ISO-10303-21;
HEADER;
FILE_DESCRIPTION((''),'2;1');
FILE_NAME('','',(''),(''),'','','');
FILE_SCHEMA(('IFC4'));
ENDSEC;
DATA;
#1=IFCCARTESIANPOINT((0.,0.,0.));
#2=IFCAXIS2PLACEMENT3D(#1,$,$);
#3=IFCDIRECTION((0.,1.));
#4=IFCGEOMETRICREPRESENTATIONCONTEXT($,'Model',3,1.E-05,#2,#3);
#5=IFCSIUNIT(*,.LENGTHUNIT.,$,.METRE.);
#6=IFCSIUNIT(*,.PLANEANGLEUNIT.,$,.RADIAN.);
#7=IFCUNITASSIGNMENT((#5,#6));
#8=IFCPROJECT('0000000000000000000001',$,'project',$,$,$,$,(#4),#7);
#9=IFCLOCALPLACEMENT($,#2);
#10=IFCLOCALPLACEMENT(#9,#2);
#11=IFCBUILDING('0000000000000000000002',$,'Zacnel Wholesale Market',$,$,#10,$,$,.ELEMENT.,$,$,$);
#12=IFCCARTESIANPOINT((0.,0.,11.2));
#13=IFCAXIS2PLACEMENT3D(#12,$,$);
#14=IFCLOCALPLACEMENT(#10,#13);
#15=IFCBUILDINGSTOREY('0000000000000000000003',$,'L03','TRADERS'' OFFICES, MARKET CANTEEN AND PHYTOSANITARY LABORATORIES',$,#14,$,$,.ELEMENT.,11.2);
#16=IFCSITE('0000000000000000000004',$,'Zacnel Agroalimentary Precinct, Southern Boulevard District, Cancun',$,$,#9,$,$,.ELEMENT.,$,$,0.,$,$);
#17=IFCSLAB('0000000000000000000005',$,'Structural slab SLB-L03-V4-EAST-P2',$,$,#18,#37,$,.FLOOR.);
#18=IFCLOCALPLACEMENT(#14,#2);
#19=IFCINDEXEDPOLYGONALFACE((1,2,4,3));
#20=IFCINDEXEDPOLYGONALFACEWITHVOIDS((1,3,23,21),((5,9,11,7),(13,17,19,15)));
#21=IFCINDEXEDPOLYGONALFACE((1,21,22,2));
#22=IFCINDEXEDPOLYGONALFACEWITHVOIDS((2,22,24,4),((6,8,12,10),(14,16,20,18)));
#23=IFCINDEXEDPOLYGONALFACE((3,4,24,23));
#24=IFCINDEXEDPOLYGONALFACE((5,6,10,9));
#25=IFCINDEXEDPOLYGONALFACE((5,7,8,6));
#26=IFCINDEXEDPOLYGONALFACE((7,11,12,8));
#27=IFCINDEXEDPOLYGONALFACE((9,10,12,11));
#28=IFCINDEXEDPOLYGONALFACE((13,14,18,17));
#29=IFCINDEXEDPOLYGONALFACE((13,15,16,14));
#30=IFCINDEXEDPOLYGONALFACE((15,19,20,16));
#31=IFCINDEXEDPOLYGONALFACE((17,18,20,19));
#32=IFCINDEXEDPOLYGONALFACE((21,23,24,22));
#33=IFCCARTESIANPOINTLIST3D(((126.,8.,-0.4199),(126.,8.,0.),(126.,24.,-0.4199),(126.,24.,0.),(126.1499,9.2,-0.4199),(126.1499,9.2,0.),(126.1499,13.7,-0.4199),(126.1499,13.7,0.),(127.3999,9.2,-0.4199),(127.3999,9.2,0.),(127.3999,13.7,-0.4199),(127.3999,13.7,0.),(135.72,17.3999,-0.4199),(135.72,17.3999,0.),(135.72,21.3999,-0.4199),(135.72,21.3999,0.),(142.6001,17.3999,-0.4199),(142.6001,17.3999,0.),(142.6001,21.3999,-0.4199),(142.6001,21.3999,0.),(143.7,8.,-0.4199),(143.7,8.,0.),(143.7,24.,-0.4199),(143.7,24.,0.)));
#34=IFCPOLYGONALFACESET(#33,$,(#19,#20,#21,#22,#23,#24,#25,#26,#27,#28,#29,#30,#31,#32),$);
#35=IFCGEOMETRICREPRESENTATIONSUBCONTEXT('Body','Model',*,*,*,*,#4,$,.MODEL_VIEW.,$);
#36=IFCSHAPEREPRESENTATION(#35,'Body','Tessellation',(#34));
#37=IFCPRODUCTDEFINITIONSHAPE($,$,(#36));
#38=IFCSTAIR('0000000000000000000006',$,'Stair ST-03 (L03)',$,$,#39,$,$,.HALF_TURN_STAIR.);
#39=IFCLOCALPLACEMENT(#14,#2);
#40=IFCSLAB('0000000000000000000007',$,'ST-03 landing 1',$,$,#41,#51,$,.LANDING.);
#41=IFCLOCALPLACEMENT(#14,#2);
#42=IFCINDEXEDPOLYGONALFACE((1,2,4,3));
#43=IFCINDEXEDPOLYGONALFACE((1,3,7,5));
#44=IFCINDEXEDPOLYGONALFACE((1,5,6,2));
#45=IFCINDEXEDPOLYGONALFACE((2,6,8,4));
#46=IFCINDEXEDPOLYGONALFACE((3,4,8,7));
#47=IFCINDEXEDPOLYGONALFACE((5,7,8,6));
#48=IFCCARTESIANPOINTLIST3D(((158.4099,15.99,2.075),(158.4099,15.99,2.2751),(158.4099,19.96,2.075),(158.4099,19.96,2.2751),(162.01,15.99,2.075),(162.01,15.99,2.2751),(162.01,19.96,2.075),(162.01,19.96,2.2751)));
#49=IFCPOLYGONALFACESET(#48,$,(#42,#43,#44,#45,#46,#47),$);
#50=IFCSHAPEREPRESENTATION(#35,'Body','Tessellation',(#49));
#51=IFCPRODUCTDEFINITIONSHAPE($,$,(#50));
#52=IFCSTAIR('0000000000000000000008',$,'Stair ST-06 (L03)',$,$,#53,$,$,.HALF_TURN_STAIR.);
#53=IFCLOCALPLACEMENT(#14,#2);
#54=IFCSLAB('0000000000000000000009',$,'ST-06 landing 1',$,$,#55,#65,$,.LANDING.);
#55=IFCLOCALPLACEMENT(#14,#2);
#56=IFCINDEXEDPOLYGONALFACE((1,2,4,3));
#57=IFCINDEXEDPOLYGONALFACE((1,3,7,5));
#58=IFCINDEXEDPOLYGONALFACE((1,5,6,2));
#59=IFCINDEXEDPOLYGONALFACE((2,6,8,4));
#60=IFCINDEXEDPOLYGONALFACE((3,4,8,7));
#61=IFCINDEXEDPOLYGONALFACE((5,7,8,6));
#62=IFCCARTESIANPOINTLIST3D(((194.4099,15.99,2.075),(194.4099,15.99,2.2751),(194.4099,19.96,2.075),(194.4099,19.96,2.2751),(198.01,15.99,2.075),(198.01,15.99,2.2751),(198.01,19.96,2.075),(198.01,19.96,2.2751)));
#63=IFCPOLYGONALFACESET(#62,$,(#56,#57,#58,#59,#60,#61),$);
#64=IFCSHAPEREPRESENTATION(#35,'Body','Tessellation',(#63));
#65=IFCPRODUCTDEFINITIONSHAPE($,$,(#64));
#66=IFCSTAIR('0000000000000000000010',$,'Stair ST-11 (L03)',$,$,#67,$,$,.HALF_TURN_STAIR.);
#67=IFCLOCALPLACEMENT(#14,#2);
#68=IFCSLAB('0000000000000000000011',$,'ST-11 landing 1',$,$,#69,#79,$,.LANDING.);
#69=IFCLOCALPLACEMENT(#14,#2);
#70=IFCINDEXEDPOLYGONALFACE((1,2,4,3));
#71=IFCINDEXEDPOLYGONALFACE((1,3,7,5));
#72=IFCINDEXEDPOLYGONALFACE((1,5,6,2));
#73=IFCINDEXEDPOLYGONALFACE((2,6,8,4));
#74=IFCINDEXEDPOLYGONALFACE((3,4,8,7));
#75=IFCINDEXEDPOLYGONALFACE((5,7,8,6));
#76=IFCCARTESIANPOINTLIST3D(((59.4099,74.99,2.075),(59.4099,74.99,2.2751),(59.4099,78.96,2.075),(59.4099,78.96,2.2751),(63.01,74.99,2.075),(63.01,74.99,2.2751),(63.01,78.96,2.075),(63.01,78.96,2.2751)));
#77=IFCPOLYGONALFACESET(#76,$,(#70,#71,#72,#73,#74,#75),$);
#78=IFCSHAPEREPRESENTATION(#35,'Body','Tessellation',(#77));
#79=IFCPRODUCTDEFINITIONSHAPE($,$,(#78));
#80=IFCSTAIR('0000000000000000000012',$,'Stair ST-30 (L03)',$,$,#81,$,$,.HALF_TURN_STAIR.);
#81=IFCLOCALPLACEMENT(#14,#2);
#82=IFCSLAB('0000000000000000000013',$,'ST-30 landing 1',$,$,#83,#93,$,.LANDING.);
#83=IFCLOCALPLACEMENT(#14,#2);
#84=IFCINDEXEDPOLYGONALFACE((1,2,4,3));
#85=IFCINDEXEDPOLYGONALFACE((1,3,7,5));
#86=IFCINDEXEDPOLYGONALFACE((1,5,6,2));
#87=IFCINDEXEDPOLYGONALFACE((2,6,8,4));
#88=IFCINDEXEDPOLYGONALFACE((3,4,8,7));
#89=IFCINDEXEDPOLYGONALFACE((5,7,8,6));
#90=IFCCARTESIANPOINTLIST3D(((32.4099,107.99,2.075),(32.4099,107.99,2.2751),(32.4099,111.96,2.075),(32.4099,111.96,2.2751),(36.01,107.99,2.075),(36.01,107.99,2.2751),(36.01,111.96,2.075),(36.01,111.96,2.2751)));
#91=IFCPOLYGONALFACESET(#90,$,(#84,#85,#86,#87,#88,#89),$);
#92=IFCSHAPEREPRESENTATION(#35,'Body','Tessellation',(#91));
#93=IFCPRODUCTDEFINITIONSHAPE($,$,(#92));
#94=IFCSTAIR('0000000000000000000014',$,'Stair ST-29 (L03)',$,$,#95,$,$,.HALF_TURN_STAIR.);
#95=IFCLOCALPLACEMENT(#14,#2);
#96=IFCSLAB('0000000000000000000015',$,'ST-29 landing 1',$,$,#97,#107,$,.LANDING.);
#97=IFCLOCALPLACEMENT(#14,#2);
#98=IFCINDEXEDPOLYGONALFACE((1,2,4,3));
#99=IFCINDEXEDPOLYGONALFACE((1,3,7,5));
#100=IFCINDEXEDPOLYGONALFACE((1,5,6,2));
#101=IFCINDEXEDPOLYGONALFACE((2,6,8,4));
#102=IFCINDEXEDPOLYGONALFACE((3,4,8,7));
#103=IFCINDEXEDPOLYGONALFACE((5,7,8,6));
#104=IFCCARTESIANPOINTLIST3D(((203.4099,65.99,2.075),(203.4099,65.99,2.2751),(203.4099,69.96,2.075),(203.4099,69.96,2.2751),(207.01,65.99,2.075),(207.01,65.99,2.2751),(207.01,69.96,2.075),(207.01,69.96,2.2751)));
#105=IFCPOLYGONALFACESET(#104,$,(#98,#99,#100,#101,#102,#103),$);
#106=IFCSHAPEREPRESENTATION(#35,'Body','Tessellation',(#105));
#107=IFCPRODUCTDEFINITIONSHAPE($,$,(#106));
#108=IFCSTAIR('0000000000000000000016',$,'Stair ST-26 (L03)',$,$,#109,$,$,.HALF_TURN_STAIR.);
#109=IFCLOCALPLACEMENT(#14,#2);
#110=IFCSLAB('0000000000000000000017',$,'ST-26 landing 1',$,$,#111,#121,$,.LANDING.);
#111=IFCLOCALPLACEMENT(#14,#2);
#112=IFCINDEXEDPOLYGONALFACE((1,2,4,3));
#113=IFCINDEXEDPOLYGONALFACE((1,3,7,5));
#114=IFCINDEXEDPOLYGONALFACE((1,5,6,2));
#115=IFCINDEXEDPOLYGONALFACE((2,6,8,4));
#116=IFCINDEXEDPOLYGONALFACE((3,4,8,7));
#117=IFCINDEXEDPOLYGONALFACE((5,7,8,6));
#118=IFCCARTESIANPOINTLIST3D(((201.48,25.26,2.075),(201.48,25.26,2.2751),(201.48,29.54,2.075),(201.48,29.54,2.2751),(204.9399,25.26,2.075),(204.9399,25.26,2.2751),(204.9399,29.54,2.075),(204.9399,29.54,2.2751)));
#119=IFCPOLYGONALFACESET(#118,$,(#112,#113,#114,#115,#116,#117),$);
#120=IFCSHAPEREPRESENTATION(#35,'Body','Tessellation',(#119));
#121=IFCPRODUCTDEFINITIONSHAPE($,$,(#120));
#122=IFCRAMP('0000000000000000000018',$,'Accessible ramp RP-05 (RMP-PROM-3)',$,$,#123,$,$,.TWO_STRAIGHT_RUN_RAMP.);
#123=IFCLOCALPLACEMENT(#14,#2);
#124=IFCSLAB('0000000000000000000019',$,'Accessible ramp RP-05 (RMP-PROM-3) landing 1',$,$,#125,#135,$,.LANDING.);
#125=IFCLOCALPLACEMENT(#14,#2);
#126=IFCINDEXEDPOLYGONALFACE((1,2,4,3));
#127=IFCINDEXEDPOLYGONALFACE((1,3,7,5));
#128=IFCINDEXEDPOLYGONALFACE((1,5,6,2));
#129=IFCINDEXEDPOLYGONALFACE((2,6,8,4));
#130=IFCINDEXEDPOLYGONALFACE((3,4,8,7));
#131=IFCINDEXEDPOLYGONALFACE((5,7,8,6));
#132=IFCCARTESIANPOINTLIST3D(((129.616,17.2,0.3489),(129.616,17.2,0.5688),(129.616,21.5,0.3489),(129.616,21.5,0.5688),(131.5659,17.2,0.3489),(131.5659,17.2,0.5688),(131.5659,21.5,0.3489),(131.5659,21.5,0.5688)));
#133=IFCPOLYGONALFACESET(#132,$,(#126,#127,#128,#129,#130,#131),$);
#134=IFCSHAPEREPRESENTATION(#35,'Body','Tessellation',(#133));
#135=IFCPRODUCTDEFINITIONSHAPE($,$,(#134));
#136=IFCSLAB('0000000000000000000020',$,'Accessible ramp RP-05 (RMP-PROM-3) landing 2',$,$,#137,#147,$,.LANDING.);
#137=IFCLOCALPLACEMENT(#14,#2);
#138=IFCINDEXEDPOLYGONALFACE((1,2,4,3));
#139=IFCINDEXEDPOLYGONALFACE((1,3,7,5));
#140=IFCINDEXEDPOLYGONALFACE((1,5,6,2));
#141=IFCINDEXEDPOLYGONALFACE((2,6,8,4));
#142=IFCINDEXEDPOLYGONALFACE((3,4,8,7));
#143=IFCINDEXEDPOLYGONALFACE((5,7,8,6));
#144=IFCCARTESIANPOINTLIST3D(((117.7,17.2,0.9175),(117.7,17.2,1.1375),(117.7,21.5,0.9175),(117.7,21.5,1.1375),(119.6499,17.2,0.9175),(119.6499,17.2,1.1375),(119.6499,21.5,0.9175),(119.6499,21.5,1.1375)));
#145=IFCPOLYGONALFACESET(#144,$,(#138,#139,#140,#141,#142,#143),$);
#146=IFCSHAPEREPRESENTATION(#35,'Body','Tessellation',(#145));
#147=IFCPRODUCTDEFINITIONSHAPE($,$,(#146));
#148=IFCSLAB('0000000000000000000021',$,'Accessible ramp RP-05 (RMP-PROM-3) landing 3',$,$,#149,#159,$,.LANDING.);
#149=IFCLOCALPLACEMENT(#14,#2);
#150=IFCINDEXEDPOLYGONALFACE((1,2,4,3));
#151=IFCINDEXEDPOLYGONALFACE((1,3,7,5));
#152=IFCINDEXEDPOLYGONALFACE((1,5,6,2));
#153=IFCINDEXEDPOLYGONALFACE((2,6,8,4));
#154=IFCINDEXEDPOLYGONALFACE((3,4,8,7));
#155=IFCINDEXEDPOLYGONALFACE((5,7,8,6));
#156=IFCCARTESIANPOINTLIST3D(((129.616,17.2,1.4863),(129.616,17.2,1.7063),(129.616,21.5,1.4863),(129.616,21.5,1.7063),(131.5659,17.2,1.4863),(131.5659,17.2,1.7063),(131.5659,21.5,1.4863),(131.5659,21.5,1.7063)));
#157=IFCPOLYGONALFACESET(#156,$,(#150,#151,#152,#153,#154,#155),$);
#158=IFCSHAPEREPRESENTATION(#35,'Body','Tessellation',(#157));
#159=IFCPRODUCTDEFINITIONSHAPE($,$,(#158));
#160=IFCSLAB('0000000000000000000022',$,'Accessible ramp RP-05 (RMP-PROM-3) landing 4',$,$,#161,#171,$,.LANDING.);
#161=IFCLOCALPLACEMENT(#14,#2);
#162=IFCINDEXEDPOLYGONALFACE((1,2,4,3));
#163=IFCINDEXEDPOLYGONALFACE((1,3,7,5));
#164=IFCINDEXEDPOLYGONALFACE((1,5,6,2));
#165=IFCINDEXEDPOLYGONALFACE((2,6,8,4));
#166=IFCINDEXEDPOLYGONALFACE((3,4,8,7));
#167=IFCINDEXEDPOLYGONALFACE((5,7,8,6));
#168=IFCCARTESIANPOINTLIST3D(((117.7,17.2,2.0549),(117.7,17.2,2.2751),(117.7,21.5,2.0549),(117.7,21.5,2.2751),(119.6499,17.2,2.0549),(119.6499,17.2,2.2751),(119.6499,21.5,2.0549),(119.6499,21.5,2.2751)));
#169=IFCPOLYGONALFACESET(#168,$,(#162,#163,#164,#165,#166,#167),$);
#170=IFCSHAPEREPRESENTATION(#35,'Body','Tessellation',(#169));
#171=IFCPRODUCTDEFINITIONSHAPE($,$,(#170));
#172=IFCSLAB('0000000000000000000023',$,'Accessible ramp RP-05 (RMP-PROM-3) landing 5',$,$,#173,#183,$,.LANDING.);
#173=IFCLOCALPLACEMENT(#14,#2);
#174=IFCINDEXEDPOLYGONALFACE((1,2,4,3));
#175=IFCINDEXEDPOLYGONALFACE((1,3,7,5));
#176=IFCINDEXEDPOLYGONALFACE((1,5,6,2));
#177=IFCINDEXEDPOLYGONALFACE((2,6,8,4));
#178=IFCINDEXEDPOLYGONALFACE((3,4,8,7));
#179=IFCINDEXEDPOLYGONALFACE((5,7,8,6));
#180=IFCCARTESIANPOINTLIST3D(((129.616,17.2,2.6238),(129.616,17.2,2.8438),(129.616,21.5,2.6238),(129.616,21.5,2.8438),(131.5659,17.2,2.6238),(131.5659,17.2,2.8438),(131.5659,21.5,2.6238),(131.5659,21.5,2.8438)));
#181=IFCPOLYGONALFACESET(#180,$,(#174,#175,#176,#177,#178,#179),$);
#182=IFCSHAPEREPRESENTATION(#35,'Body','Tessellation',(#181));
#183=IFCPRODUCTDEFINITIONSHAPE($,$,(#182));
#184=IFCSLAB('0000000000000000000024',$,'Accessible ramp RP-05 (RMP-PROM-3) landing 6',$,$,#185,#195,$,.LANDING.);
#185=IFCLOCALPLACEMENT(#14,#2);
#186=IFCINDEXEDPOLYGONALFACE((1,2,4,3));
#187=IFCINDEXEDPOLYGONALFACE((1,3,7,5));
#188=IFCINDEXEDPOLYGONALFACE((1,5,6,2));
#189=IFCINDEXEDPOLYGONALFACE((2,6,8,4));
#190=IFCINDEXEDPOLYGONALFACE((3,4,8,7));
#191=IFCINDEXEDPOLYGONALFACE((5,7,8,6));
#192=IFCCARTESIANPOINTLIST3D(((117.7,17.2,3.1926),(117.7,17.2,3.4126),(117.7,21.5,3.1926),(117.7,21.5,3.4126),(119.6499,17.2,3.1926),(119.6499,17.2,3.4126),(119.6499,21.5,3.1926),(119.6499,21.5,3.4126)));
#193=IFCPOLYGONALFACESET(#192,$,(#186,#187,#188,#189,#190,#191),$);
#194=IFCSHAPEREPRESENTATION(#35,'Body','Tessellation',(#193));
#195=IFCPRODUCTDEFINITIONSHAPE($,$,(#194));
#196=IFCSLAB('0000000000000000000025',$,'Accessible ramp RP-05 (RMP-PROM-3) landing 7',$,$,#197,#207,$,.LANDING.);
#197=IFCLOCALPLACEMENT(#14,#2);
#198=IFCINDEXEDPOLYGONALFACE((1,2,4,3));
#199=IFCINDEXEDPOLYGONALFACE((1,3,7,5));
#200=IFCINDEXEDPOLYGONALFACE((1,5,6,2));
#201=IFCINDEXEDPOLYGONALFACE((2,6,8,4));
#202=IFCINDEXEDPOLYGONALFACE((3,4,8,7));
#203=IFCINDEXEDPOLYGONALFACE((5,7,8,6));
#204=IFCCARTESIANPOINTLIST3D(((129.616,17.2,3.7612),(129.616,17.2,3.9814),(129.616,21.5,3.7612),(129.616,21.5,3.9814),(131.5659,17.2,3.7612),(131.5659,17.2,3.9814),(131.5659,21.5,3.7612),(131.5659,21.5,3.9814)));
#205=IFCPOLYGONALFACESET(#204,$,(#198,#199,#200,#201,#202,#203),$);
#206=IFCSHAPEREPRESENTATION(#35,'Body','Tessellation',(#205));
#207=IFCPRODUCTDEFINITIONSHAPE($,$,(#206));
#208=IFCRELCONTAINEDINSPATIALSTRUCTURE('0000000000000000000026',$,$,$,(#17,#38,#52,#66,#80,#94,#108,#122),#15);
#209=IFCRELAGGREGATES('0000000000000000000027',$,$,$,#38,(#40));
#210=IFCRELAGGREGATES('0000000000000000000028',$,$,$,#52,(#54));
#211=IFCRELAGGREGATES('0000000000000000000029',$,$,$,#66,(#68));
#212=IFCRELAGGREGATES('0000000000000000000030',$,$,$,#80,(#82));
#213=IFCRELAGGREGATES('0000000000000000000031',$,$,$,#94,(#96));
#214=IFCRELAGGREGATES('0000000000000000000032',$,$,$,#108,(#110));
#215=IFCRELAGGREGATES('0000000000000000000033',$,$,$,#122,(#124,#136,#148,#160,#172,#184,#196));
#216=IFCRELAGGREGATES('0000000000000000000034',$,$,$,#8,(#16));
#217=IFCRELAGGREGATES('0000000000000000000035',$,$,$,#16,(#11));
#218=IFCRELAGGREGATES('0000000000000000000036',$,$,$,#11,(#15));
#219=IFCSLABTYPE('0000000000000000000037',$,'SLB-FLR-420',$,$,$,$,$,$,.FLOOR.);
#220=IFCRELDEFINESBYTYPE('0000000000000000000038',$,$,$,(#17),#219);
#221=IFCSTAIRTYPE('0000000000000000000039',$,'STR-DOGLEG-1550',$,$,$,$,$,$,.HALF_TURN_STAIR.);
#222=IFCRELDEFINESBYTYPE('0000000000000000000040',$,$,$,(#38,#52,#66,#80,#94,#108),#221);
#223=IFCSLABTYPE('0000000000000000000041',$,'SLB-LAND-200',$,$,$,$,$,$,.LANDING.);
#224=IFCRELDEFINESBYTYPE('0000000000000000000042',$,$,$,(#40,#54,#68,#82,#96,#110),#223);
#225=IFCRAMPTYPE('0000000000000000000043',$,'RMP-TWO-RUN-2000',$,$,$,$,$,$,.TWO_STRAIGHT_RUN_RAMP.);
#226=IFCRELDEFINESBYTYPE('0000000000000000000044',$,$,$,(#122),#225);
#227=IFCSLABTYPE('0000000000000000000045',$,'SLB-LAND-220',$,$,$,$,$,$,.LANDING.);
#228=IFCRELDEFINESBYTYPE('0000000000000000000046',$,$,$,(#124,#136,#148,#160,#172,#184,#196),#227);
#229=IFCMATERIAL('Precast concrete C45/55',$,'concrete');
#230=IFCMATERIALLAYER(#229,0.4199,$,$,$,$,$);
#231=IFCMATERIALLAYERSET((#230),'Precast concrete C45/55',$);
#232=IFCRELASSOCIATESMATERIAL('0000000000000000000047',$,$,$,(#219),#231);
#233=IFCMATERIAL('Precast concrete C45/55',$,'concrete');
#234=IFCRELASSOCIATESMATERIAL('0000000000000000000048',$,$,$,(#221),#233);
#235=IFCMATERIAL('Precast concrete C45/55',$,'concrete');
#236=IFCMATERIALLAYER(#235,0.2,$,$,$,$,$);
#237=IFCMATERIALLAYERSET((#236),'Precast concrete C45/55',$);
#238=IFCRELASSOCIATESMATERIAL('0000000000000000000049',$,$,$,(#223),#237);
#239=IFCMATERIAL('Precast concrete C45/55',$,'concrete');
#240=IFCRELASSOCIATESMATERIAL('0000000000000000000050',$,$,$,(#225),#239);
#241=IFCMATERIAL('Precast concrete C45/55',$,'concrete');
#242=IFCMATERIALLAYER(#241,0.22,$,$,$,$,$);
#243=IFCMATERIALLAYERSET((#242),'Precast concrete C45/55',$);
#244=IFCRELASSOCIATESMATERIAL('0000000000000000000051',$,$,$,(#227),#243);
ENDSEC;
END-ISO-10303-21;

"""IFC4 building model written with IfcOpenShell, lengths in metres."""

from ifc_helpers import new_model, si_unit, direction, frame, origin, place, context, subcontext, project, spatial, polyline, outline, extrude, material, layer, layer_set, type_object, element, aggregate, save


model = new_model("IFC4")

# Units and contexts
model_context = context("Model", 3, precision=1e-05, world=origin(), true_north=direction((0.0, 1.0)))
body_context = subcontext(model_context, "Body", "Model", "MODEL_VIEW")
ifc_project = project(units=[si_unit("LENGTHUNIT", "METRE"), si_unit("PLANEANGLEUNIT", "RADIAN")], contexts=[model_context])

# Site, building, storey
site_placement = place(None, origin())
site = spatial("IfcSite", under=ifc_project, at=site_placement, Name="Zacnel Agroalimentary Precinct, Southern Boulevard District, Cancun", CompositionType="ELEMENT", RefElevation=0.0)
building_placement = place(site_placement, origin())
building = spatial("IfcBuilding", under=site, at=building_placement, Name="Zacnel Wholesale Market", CompositionType="ELEMENT")
storey_placement = place(building_placement, frame((0.0, 0.0, 11.2)))
storey = spatial("IfcBuildingStorey", under=building, at=storey_placement, Name="L03", Description="TRADERS' OFFICES, MARKET CANTEEN AND PHYTOSANITARY LABORATORIES", CompositionType="ELEMENT", Elevation=11.2)

# Slab
ifc_material_1 = material(Name="Precast concrete C45/55", Category="concrete")
ifc_layer_1 = layer(ifc_material_1, 0.4199)
ifc_layer_set_1 = layer_set([ifc_layer_1], Name="Precast concrete C45/55")
slab_type_1 = type_object("IfcSlabType", Name="SLB-FLR-420", PredefinedType="FLOOR", material=ifc_layer_set_1)
slab_1_placement = place(storey_placement, frame((0.0, 0.0, -0.4199)))
element("IfcSlab", 1, at=slab_1_placement, inside=storey, type_object=slab_type_1, Name="Structural slab SLB-L03-V4-EAST-P2", PredefinedType="FLOOR", context=body_context, shape_type="SweptSolid", body=[
    extrude(outline(polyline([(143.7, 8.0), (126.0, 8.0), (126.0, 24.0), (143.7, 24.0), (143.7, 8.0)]), holes=[polyline([(135.72, 17.3999), (142.6001, 17.3999), (142.6001, 21.3999), (135.72, 21.3999), (135.72, 17.3999)]), polyline([(126.1499, 9.2), (127.3999, 9.2), (127.3999, 13.7), (126.1499, 13.7), (126.1499, 9.2)])]), origin(), (0.0, 0.0, 1.0), 0.4199),
])

# Stairs, slabs
ifc_material_2 = material(Name="Precast concrete C45/55", Category="concrete")
stair_type = type_object("IfcStairType", Name="STR-DOGLEG-1550", PredefinedType="HALF_TURN_STAIR", material=ifc_material_2)
stair_1_placement = place(storey_placement, origin())
stair_1 = element("IfcStair", 2, at=stair_1_placement, inside=storey, type_object=stair_type, Name="Stair ST-03 (L03)", PredefinedType="HALF_TURN_STAIR")
ifc_material_3 = material(Name="Precast concrete C45/55", Category="concrete")
ifc_layer_2 = layer(ifc_material_3, 0.2)
ifc_layer_set_2 = layer_set([ifc_layer_2], Name="Precast concrete C45/55")
slab_type_2 = type_object("IfcSlabType", Name="SLB-LAND-200", PredefinedType="LANDING", material=ifc_layer_set_2)
slab_2_placement = place(storey_placement, frame((0.0, 0.0, 2.075)))
slab_2 = element("IfcSlab", 3, at=slab_2_placement, type_object=slab_type_2, Name="ST-03 landing 1", PredefinedType="LANDING", context=body_context, shape_type="SweptSolid", body=[
    extrude(outline(polyline([(158.4099, 15.99), (162.01, 15.99), (162.01, 19.96), (158.4099, 19.96), (158.4099, 15.99)])), origin(), (0.0, 0.0, 1.0), 0.2002),
])
aggregate(stair_1, [slab_2])
stair_2_placement = place(storey_placement, origin())
stair_2 = element("IfcStair", 4, at=stair_2_placement, inside=storey, type_object=stair_type, Name="Stair ST-06 (L03)", PredefinedType="HALF_TURN_STAIR")
slab_3_placement = place(storey_placement, frame((0.0, 0.0, 2.075)))
slab_3 = element("IfcSlab", 5, at=slab_3_placement, type_object=slab_type_2, Name="ST-06 landing 1", PredefinedType="LANDING", context=body_context, shape_type="SweptSolid", body=[
    extrude(outline(polyline([(194.4099, 15.99), (198.01, 15.99), (198.01, 19.96), (194.4099, 19.96), (194.4099, 15.99)])), origin(), (0.0, 0.0, 1.0), 0.2002),
])
aggregate(stair_2, [slab_3])
stair_3_placement = place(storey_placement, origin())
stair_3 = element("IfcStair", 6, at=stair_3_placement, inside=storey, type_object=stair_type, Name="Stair ST-11 (L03)", PredefinedType="HALF_TURN_STAIR")
slab_4_placement = place(storey_placement, frame((0.0, 0.0, 2.075)))
slab_4 = element("IfcSlab", 7, at=slab_4_placement, type_object=slab_type_2, Name="ST-11 landing 1", PredefinedType="LANDING", context=body_context, shape_type="SweptSolid", body=[
    extrude(outline(polyline([(59.4099, 74.99), (63.01, 74.99), (63.01, 78.96), (59.4099, 78.96), (59.4099, 74.99)])), origin(), (0.0, 0.0, 1.0), 0.2002),
])
aggregate(stair_3, [slab_4])
stair_4_placement = place(storey_placement, origin())
stair_4 = element("IfcStair", 8, at=stair_4_placement, inside=storey, type_object=stair_type, Name="Stair ST-30 (L03)", PredefinedType="HALF_TURN_STAIR")
slab_5_placement = place(storey_placement, frame((0.0, 0.0, 2.075)))
slab_5 = element("IfcSlab", 9, at=slab_5_placement, type_object=slab_type_2, Name="ST-30 landing 1", PredefinedType="LANDING", context=body_context, shape_type="SweptSolid", body=[
    extrude(outline(polyline([(32.4099, 107.99), (36.01, 107.99), (36.01, 111.96), (32.4099, 111.96), (32.4099, 107.99)])), origin(), (0.0, 0.0, 1.0), 0.2002),
])
aggregate(stair_4, [slab_5])
stair_5_placement = place(storey_placement, origin())
stair_5 = element("IfcStair", 10, at=stair_5_placement, inside=storey, type_object=stair_type, Name="Stair ST-29 (L03)", PredefinedType="HALF_TURN_STAIR")
slab_6_placement = place(storey_placement, frame((0.0, 0.0, 2.075)))
slab_6 = element("IfcSlab", 11, at=slab_6_placement, type_object=slab_type_2, Name="ST-29 landing 1", PredefinedType="LANDING", context=body_context, shape_type="SweptSolid", body=[
    extrude(outline(polyline([(203.4099, 65.99), (207.01, 65.99), (207.01, 69.96), (203.4099, 69.96), (203.4099, 65.99)])), origin(), (0.0, 0.0, 1.0), 0.2002),
])
aggregate(stair_5, [slab_6])
stair_6_placement = place(storey_placement, origin())
stair_6 = element("IfcStair", 12, at=stair_6_placement, inside=storey, type_object=stair_type, Name="Stair ST-26 (L03)", PredefinedType="HALF_TURN_STAIR")
slab_7_placement = place(storey_placement, frame((0.0, 0.0, 2.075)))
slab_7 = element("IfcSlab", 13, at=slab_7_placement, type_object=slab_type_2, Name="ST-26 landing 1", PredefinedType="LANDING", context=body_context, shape_type="SweptSolid", body=[
    extrude(outline(polyline([(201.48, 25.26), (204.9399, 25.26), (204.9399, 29.54), (201.48, 29.54), (201.48, 25.26)])), origin(), (0.0, 0.0, 1.0), 0.2002),
])
aggregate(stair_6, [slab_7])

# Ramp, slabs
ifc_material_4 = material(Name="Precast concrete C45/55", Category="concrete")
ramp_type = type_object("IfcRampType", Name="RMP-TWO-RUN-2000", PredefinedType="TWO_STRAIGHT_RUN_RAMP", material=ifc_material_4)
ramp_placement = place(storey_placement, origin())
ramp = element("IfcRamp", 14, at=ramp_placement, inside=storey, type_object=ramp_type, Name="Accessible ramp RP-05 (RMP-PROM-3)", PredefinedType="TWO_STRAIGHT_RUN_RAMP")
ifc_material_5 = material(Name="Precast concrete C45/55", Category="concrete")
ifc_layer_3 = layer(ifc_material_5, 0.22)
ifc_layer_set_3 = layer_set([ifc_layer_3], Name="Precast concrete C45/55")
slab_type_3 = type_object("IfcSlabType", Name="SLB-LAND-220", PredefinedType="LANDING", material=ifc_layer_set_3)
slab_8_placement = place(storey_placement, frame((0.0, 0.0, 0.3489)))
slab_8 = element("IfcSlab", 15, at=slab_8_placement, type_object=slab_type_3, Name="Accessible ramp RP-05 (RMP-PROM-3) landing 1", PredefinedType="LANDING", context=body_context, shape_type="SweptSolid", body=[
    extrude(outline(polyline([(129.616, 17.2), (131.5659, 17.2), (131.5659, 21.5), (129.616, 21.5), (129.616, 17.2)])), origin(), (0.0, 0.0, 1.0), 0.22),
])
slab_9_placement = place(storey_placement, frame((0.0, 0.0, 0.9175)))
slab_9 = element("IfcSlab", 16, at=slab_9_placement, type_object=slab_type_3, Name="Accessible ramp RP-05 (RMP-PROM-3) landing 2", PredefinedType="LANDING", context=body_context, shape_type="SweptSolid", body=[
    extrude(outline(polyline([(117.7, 17.2), (119.6499, 17.2), (119.6499, 21.5), (117.7, 21.5), (117.7, 17.2)])), origin(), (0.0, 0.0, 1.0), 0.22),
])
slab_10_placement = place(storey_placement, frame((0.0, 0.0, 1.4863)))
slab_10 = element("IfcSlab", 17, at=slab_10_placement, type_object=slab_type_3, Name="Accessible ramp RP-05 (RMP-PROM-3) landing 3", PredefinedType="LANDING", context=body_context, shape_type="SweptSolid", body=[
    extrude(outline(polyline([(129.616, 17.2), (131.5659, 17.2), (131.5659, 21.5), (129.616, 21.5), (129.616, 17.2)])), origin(), (0.0, 0.0, 1.0), 0.22),
])
slab_11_placement = place(storey_placement, frame((0.0, 0.0, 2.0549)))
slab_11 = element("IfcSlab", 18, at=slab_11_placement, type_object=slab_type_3, Name="Accessible ramp RP-05 (RMP-PROM-3) landing 4", PredefinedType="LANDING", context=body_context, shape_type="SweptSolid", body=[
    extrude(outline(polyline([(117.7, 17.2), (119.6499, 17.2), (119.6499, 21.5), (117.7, 21.5), (117.7, 17.2)])), origin(), (0.0, 0.0, 1.0), 0.2202),
])
slab_12_placement = place(storey_placement, frame((0.0, 0.0, 2.6238)))
slab_12 = element("IfcSlab", 19, at=slab_12_placement, type_object=slab_type_3, Name="Accessible ramp RP-05 (RMP-PROM-3) landing 5", PredefinedType="LANDING", context=body_context, shape_type="SweptSolid", body=[
    extrude(outline(polyline([(129.616, 17.2), (131.5659, 17.2), (131.5659, 21.5), (129.616, 21.5), (129.616, 17.2)])), origin(), (0.0, 0.0, 1.0), 0.22),
])
slab_13_placement = place(storey_placement, frame((0.0, 0.0, 3.1926)))
slab_13 = element("IfcSlab", 20, at=slab_13_placement, type_object=slab_type_3, Name="Accessible ramp RP-05 (RMP-PROM-3) landing 6", PredefinedType="LANDING", context=body_context, shape_type="SweptSolid", body=[
    extrude(outline(polyline([(117.7, 17.2), (119.6499, 17.2), (119.6499, 21.5), (117.7, 21.5), (117.7, 17.2)])), origin(), (0.0, 0.0, 1.0), 0.22),
])
slab_14_placement = place(storey_placement, frame((0.0, 0.0, 3.7612)))
slab_14 = element("IfcSlab", 21, at=slab_14_placement, type_object=slab_type_3, Name="Accessible ramp RP-05 (RMP-PROM-3) landing 7", PredefinedType="LANDING", context=body_context, shape_type="SweptSolid", body=[
    extrude(outline(polyline([(129.616, 17.2), (131.5659, 17.2), (131.5659, 21.5), (129.616, 21.5), (129.616, 17.2)])), origin(), (0.0, 0.0, 1.0), 0.2202),
])
aggregate(ramp, [slab_8, slab_9, slab_10, slab_11, slab_12, slab_13, slab_14])

save(model, "model.ifc")
